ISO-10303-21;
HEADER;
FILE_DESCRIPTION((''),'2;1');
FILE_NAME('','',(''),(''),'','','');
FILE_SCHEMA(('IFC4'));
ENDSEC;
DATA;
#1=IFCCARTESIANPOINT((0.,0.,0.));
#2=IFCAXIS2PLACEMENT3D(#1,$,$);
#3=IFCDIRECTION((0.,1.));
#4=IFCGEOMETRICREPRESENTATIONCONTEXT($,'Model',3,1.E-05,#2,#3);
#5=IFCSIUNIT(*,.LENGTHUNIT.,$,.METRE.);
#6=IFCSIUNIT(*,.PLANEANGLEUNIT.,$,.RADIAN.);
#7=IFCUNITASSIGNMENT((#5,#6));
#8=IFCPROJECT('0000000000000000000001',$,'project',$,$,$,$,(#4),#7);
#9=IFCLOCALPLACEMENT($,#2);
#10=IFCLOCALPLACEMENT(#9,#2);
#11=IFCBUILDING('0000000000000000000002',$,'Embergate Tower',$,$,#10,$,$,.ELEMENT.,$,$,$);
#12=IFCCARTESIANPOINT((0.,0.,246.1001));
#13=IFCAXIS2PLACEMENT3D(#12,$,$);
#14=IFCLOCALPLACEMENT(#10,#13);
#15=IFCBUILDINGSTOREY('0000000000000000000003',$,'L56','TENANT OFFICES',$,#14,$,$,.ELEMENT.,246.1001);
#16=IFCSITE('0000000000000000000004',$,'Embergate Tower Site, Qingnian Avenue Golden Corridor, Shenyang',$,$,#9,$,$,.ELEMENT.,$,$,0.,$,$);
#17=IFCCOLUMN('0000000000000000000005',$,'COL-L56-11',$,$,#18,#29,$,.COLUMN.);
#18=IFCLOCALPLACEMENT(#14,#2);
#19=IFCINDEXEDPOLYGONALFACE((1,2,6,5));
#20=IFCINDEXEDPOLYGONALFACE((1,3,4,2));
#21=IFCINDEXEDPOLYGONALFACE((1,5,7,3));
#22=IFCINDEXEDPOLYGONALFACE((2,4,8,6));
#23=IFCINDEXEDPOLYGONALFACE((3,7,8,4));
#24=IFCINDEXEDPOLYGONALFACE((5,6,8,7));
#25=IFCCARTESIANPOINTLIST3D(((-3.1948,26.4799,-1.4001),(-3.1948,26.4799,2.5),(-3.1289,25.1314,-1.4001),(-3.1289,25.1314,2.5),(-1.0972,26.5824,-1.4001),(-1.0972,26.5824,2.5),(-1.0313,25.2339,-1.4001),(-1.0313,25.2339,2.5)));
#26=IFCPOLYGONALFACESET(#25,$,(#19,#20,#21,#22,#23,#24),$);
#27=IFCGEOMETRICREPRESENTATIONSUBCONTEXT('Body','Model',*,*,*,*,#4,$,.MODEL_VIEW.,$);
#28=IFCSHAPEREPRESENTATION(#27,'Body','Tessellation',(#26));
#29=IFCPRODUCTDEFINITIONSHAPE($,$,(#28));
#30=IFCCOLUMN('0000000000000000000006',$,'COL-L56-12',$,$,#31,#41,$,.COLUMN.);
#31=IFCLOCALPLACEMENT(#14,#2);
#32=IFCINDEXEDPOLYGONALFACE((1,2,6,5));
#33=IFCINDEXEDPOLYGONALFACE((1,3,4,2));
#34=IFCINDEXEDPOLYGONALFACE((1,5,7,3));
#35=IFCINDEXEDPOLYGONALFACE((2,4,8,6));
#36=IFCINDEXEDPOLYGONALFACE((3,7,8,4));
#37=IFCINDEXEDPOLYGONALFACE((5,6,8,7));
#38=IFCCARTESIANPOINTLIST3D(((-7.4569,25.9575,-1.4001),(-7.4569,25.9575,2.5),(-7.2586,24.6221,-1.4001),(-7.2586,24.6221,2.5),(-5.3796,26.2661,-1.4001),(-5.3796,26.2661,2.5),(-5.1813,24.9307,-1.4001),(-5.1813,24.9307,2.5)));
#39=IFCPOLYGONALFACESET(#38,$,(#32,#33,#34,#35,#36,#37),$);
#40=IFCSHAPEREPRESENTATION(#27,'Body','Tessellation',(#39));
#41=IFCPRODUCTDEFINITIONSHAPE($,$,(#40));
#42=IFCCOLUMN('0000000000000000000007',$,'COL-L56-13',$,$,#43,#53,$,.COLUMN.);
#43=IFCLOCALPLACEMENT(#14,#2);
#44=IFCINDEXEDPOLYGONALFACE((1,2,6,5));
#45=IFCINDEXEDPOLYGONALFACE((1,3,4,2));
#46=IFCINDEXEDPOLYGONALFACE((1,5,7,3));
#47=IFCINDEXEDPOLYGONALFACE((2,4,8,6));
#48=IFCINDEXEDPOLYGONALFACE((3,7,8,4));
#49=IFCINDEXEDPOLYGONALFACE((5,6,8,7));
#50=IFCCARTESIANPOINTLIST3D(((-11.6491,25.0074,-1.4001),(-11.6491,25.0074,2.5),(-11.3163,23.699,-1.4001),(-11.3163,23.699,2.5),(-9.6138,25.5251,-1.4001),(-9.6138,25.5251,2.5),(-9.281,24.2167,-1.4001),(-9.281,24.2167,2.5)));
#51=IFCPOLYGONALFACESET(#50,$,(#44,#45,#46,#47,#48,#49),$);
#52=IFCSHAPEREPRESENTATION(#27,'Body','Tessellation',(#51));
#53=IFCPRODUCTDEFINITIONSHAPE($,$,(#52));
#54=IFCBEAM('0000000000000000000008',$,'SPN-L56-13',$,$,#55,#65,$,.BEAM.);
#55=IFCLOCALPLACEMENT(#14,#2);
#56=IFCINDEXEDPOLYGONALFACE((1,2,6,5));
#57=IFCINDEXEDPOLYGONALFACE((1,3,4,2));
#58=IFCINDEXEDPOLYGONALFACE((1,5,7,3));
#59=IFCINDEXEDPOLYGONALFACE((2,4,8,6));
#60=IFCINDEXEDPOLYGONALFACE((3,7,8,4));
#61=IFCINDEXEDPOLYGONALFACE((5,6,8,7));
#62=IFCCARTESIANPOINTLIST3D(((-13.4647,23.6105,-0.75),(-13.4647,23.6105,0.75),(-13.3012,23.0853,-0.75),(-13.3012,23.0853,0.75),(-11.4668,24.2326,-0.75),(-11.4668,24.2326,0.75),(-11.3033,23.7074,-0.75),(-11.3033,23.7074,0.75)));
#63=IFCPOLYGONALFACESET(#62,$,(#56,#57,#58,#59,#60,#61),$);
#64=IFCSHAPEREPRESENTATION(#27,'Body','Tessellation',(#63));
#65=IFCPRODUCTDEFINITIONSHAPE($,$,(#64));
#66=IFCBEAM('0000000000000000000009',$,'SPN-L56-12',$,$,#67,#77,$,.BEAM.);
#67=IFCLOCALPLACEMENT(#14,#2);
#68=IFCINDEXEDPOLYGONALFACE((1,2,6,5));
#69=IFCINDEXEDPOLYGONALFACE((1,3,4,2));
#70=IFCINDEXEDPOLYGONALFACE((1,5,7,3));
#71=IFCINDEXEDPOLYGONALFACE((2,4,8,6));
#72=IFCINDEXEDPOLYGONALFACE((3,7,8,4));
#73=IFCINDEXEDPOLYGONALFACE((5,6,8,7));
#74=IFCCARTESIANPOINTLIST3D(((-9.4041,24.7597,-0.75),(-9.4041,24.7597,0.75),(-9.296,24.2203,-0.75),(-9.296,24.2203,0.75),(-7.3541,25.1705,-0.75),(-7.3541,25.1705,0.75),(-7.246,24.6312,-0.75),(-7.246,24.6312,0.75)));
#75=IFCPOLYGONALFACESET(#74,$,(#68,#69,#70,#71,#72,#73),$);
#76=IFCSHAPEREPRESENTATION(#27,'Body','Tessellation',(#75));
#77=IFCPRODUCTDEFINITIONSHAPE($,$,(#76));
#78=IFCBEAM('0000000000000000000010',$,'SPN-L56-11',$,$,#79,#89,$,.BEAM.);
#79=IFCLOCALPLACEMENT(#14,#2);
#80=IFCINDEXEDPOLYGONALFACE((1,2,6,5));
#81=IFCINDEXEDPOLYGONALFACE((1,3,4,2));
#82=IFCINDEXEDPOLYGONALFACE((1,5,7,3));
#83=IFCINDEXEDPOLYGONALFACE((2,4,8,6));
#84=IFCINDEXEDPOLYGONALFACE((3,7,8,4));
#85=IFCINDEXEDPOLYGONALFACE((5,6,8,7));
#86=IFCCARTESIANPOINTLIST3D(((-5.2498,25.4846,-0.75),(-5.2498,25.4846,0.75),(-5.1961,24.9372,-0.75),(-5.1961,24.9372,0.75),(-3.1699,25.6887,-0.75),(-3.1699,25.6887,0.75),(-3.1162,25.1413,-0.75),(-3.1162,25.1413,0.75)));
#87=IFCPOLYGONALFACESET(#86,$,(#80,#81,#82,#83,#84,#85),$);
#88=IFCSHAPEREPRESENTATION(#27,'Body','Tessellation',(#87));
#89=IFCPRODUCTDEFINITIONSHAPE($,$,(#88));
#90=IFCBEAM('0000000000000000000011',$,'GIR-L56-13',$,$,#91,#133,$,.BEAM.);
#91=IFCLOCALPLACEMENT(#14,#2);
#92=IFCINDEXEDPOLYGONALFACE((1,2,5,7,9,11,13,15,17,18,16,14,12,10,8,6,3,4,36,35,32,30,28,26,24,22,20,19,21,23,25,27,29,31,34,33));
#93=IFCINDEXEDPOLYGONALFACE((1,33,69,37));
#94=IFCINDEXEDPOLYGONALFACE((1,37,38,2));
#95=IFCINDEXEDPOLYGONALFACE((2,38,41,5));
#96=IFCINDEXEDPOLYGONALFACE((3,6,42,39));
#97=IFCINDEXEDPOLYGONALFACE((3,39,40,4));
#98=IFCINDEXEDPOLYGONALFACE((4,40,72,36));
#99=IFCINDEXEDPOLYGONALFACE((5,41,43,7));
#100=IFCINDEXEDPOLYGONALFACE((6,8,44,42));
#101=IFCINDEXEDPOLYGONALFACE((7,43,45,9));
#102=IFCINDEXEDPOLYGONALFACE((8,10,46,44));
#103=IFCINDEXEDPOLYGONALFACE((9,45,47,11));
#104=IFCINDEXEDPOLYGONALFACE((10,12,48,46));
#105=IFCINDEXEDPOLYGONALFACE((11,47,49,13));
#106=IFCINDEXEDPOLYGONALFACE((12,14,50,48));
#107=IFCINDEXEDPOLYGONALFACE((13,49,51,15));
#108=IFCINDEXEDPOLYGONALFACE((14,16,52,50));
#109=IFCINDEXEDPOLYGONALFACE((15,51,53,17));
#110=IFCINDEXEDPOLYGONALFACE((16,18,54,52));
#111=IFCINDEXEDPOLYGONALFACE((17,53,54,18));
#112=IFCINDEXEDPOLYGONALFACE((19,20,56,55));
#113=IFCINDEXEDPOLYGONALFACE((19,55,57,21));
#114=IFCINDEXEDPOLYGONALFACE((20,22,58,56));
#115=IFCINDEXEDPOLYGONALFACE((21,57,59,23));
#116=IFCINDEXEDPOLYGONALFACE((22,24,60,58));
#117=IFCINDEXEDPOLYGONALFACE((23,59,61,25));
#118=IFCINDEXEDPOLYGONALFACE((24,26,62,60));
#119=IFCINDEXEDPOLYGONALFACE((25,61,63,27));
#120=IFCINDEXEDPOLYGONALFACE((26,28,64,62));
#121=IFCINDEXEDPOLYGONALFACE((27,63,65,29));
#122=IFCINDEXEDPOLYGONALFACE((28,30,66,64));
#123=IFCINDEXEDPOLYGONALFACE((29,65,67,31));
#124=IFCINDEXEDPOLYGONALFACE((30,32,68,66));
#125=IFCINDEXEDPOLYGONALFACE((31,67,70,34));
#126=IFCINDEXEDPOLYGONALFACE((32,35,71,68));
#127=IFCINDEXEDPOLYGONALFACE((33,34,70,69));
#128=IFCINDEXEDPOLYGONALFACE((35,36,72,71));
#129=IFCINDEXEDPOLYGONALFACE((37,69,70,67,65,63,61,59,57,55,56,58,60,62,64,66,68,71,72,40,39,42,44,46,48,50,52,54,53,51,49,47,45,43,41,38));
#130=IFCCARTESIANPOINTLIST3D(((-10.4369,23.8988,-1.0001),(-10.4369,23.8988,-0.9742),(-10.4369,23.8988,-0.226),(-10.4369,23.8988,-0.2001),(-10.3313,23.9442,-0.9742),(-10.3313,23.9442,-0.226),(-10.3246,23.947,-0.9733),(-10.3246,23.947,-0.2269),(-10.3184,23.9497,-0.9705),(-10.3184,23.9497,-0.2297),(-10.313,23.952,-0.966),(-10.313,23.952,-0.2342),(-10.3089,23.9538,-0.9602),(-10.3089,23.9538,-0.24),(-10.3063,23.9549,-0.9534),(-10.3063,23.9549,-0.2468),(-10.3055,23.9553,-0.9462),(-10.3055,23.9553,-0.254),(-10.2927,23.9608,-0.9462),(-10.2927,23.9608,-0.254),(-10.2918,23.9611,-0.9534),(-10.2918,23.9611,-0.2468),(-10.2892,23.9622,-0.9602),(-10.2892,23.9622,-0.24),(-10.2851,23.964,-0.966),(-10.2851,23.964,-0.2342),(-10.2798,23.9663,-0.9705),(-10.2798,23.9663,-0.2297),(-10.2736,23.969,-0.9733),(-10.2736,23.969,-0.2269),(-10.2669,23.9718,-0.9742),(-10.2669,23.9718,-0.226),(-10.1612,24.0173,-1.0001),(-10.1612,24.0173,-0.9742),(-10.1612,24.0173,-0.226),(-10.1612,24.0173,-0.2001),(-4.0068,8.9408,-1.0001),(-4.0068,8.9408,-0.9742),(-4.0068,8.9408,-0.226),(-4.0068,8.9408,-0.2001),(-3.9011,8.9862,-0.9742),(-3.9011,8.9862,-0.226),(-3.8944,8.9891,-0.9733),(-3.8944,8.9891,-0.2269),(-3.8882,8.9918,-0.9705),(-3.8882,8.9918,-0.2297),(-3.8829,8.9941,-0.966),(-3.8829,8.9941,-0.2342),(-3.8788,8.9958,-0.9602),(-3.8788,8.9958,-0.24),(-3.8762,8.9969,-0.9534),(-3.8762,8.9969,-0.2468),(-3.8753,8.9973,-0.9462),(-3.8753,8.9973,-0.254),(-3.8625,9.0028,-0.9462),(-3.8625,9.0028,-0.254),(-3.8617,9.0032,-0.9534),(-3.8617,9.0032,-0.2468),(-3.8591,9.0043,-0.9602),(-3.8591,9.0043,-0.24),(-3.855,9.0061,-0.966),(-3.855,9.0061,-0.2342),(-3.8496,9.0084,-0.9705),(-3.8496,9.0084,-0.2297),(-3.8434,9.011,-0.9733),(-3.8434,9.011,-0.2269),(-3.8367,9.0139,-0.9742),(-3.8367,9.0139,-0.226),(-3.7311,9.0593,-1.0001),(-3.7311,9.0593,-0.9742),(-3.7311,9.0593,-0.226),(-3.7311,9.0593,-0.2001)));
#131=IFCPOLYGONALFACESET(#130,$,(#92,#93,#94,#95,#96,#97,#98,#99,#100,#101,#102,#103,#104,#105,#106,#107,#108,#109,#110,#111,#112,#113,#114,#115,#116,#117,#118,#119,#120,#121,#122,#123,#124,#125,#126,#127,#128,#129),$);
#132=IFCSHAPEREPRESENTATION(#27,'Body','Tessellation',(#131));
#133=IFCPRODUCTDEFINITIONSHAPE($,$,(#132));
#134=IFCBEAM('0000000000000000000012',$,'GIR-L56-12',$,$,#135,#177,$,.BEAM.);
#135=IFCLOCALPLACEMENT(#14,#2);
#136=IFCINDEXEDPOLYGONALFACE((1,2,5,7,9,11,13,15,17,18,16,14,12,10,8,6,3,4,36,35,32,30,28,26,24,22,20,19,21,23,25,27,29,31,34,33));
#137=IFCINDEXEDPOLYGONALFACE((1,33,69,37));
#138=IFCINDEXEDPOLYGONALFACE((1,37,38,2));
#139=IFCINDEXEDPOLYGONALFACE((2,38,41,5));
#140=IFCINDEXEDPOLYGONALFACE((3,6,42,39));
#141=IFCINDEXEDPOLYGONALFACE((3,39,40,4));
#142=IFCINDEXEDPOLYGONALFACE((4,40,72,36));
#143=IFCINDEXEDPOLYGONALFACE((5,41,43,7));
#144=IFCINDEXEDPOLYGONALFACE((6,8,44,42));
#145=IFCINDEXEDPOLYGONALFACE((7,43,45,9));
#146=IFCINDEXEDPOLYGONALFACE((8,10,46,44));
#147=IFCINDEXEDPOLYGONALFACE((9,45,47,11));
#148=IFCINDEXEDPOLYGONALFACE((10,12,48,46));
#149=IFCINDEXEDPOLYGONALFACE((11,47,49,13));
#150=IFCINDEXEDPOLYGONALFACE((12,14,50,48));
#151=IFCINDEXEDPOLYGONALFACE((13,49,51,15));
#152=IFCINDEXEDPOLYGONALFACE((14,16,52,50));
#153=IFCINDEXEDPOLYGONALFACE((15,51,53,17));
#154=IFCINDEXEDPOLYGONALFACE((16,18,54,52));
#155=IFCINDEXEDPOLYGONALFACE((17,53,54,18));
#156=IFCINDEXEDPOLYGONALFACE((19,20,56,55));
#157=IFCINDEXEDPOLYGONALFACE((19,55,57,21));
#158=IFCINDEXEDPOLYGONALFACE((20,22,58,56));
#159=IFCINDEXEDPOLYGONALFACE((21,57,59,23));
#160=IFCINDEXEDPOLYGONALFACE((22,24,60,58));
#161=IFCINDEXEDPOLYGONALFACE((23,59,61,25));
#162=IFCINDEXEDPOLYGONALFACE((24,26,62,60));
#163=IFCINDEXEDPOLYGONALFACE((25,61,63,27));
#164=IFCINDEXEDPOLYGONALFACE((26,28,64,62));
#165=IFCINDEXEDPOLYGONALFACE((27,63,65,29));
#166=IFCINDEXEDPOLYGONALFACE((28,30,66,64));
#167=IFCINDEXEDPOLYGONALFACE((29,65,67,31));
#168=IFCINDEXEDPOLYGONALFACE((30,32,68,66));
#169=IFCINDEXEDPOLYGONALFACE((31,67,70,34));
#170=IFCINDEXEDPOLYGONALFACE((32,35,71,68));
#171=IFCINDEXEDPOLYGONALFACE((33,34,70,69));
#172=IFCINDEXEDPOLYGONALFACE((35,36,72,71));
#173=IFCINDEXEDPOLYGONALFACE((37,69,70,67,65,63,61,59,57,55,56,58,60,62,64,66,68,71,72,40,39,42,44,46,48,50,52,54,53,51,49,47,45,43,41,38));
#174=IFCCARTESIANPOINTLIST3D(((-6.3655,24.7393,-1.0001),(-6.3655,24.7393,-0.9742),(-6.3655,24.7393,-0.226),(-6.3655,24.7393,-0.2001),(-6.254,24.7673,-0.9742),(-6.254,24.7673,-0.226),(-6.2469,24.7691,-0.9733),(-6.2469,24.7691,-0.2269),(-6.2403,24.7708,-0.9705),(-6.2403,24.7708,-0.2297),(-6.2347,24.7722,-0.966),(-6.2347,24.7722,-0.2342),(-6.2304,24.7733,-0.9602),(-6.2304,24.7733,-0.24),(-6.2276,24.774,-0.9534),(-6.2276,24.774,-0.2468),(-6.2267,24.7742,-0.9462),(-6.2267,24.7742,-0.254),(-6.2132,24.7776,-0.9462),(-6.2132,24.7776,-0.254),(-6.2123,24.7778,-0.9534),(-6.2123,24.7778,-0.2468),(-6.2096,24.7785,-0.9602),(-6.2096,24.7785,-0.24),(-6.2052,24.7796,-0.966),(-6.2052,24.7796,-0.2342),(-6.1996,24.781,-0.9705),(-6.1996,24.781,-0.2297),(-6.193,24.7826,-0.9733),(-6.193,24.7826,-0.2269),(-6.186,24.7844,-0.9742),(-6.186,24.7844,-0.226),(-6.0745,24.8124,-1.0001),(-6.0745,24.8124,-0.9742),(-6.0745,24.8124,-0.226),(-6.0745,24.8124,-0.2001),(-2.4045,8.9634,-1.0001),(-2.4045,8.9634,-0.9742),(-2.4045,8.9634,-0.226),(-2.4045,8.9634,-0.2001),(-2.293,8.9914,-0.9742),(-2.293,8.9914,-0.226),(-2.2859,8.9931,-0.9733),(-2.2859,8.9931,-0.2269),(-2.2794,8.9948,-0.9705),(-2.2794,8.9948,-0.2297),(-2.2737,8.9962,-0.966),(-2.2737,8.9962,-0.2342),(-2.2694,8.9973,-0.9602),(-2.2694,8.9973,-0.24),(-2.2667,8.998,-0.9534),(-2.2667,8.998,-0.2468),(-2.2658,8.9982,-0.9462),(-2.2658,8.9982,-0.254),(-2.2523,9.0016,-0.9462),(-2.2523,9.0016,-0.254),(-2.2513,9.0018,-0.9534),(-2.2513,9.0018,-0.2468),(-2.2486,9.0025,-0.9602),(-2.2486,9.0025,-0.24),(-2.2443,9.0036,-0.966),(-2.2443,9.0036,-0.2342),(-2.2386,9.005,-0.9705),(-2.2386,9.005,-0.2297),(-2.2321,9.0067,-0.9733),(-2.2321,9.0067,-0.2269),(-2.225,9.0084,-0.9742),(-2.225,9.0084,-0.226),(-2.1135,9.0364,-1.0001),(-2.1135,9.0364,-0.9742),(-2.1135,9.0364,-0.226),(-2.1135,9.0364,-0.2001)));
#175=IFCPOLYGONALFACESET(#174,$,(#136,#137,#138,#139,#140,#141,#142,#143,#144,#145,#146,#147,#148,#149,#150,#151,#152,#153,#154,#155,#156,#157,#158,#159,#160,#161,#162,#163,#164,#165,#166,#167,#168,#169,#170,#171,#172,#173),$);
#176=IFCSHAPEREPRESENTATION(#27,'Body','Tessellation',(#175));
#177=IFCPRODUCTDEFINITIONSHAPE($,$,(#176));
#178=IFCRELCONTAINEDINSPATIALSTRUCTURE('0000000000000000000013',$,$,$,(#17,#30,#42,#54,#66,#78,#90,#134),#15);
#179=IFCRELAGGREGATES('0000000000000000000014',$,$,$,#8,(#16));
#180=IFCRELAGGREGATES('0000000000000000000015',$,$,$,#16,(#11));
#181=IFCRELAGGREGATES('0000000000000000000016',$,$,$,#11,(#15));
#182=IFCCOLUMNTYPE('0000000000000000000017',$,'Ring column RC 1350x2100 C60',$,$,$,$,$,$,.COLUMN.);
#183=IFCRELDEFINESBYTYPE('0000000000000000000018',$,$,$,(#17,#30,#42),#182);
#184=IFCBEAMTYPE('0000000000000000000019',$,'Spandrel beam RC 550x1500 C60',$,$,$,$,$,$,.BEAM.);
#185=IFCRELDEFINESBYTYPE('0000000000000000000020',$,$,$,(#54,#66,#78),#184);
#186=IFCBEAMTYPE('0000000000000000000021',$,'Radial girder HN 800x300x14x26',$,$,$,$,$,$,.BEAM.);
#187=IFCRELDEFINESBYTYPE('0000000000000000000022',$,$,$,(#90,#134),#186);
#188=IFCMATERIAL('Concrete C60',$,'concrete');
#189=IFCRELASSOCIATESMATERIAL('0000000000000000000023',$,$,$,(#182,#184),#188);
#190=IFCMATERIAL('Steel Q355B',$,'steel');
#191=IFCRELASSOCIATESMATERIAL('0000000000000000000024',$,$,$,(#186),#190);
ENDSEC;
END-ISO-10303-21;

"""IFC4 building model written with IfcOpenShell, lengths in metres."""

from ifc_helpers import new_model, si_unit, direction, frame, origin, origin_2d, place, context, subcontext, project, spatial, rectangle, i_section, extrude, source, transform, mapped, material, material_profile, profile_set, type_object, element, save


model = new_model("IFC4")

# Units and contexts
model_context = context("Model", 3, precision=1e-05, world=origin(), true_north=direction((0.0, 1.0)))
body_context = subcontext(model_context, "Body", "Model", "MODEL_VIEW")
ifc_project = project(units=[si_unit("LENGTHUNIT", "METRE"), si_unit("PLANEANGLEUNIT", "RADIAN")], contexts=[model_context])

# Site, building, storey
site_placement = place(None, origin())
site = spatial("IfcSite", under=ifc_project, at=site_placement, Name="Embergate Tower Site, Qingnian Avenue Golden Corridor, Shenyang", CompositionType="ELEMENT", RefElevation=0.0)
building_placement = place(site_placement, origin())
building = spatial("IfcBuilding", under=site, at=building_placement, Name="Embergate Tower", CompositionType="ELEMENT")
storey_placement = place(building_placement, frame((0.0, 0.0, 246.1001)))
storey = spatial("IfcBuildingStorey", under=building, at=storey_placement, Name="L56", Description="TENANT OFFICES", CompositionType="ELEMENT", Elevation=246.1001)

# Columns
ifc_material_1 = material(Name="Concrete C60", Category="concrete")
ifc_material_profile_1 = material_profile(ifc_material_1, rectangle(XDim=1.3501, YDim=2.1001, at=origin_2d()), Name="RC 1350x2100")
ifc_profile_set_1 = profile_set([ifc_material_profile_1], Name="Concrete C60")
column_type = type_object("IfcColumnType", Name="Ring column RC 1350x2100 C60", PredefinedType="COLUMN", material=ifc_profile_set_1)
shared_shape_1 = source(origin(), body_context, "Body", "SweptSolid", [
    extrude(rectangle(XDim=1.3501, YDim=2.1001, at=origin_2d()), origin(), (0.0, 0.0, 1.0), 3.9001),
])
for number, where, z_axis, x_axis, name in (
    (1, (-2.113, 25.8569, -1.4001), (0.0, 0.0, 1.0), (-0.048815, 0.998808, 0.0), "COL-L56-11"),
    (2, (-6.3191, 25.4441, -1.4001), (0.0, 0.0, 1.0), (-0.146929, 0.989147, 0.0), "COL-L56-12"),
    (3, (-10.4651, 24.6121, -1.4001), (0.0, 0.0, 1.0), (-0.246509, 0.969141, 0.0), "COL-L56-13"),
):
    element("IfcColumn", number, at=place(storey_placement, frame(where, z_axis=z_axis, x_axis=x_axis)), inside=storey, type_object=column_type, Name=name, PredefinedType="COLUMN", context=body_context, shape_type="MappedRepresentation", body=[
        mapped(shared_shape_1, transform((0.0, 0.0, 0.0))),
    ])

# Beams
ifc_material_profile_2 = material_profile(ifc_material_1, rectangle(XDim=0.55, YDim=1.5, at=origin_2d()), Name="RC 550x1500")
ifc_profile_set_2 = profile_set([ifc_material_profile_2], Name="Concrete C60")
beam_type_1 = type_object("IfcBeamType", Name="Spandrel beam RC 550x1500 C60", PredefinedType="BEAM", material=ifc_profile_set_2)
shared_shape_2 = source(origin(), body_context, "Body", "SweptSolid", [
    extrude(rectangle(XDim=0.55, YDim=1.5, at=origin_2d()), origin(), (0.0, 0.0, 1.0), 2.0925),
])
beam_1_placement = place(storey_placement, frame((-11.385, 23.97, 0.0), z_axis=(-0.954795, -0.297265, 0.0), x_axis=(0.297265, -0.954795, 0.0)))
element("IfcBeam", 4, at=beam_1_placement, inside=storey, type_object=beam_type_1, Name="SPN-L56-13", PredefinedType="BEAM", context=body_context, shape_type="MappedRepresentation", body=[
    mapped(shared_shape_2, transform((0.0, 0.0, 0.0))),
])
shared_shape_3 = source(origin(), body_context, "Body", "SweptSolid", [
    extrude(rectangle(XDim=0.55, YDim=1.5, at=origin_2d()), origin(), (0.0, 0.0, 1.0), 2.0908),
])
beam_2_placement = place(storey_placement, frame((-7.3, 24.9009, 0.0), z_axis=(-0.9805, -0.19652, 0.0), x_axis=(0.19652, -0.9805, 0.0)))
element("IfcBeam", 5, at=beam_2_placement, inside=storey, type_object=beam_type_1, Name="SPN-L56-12", PredefinedType="BEAM", context=body_context, shape_type="MappedRepresentation", body=[
    mapped(shared_shape_3, transform((0.0, 0.0, 0.0))),
])
shared_shape_4 = source(origin(), body_context, "Body", "SweptSolid", [
    extrude(rectangle(XDim=0.55, YDim=1.5, at=origin_2d()), origin(), (0.0, 0.0, 1.0), 2.0898),
])
beam_3_placement = place(storey_placement, frame((-3.1431, 25.415, 0.0), z_axis=(-0.995219, -0.097664, 0.0), x_axis=(0.097664, -0.995219, 0.0)))
element("IfcBeam", 6, at=beam_3_placement, inside=storey, type_object=beam_type_1, Name="SPN-L56-11", PredefinedType="BEAM", context=body_context, shape_type="MappedRepresentation", body=[
    mapped(shared_shape_4, transform((0.0, 0.0, 0.0))),
])
ifc_material_2 = material(Name="Steel Q355B", Category="steel")
ifc_material_profile_3 = material_profile(ifc_material_2, i_section(OverallWidth=0.3, OverallDepth=0.8, WebThickness=0.0139, FlangeThickness=0.0259, FilletRadius=0.0281, at=origin_2d()), Name="HN 800x300x14x26")
ifc_profile_set_3 = profile_set([ifc_material_profile_3], Name="Steel Q355 grade B")
beam_type_2 = type_object("IfcBeamType", Name="Radial girder HN 800x300x14x26", PredefinedType="BEAM", material=ifc_profile_set_3)
shared_shape_5 = source(origin(), body_context, "Body", "SweptSolid", [
    extrude(i_section(OverallWidth=0.3, OverallDepth=0.8, WebThickness=0.0139, FlangeThickness=0.0259, FilletRadius=0.0281, at=origin_2d()), origin(), (0.0, 0.0, 1.0), 16.2815),
])
beam_4_placement = place(storey_placement, frame((-10.2991, 23.958, -0.6001), z_axis=(0.394936, -0.918709, 0.0), x_axis=(0.918709, 0.394936, 0.0)))
element("IfcBeam", 7, at=beam_4_placement, inside=storey, type_object=beam_type_2, Name="GIR-L56-13", PredefinedType="BEAM", context=body_context, shape_type="MappedRepresentation", body=[
    mapped(shared_shape_5, transform((0.0, 0.0, 0.0))),
])
shared_shape_6 = source(origin(), body_context, "Body", "SweptSolid", [
    extrude(i_section(OverallWidth=0.3, OverallDepth=0.8, WebThickness=0.0139, FlangeThickness=0.0259, FilletRadius=0.0281, at=origin_2d()), origin(), (0.0, 0.0, 1.0), 16.2656),
])
beam_5_placement = place(storey_placement, frame((-6.22, 24.7759, -0.6001), z_axis=(0.243517, -0.969897, 0.0), x_axis=(0.969897, 0.243517, 0.0)))
element("IfcBeam", 8, at=beam_5_placement, inside=storey, type_object=beam_type_2, Name="GIR-L56-12", PredefinedType="BEAM", context=body_context, shape_type="MappedRepresentation", body=[
    mapped(shared_shape_6, transform((0.0, 0.0, 0.0))),
])

save(model, "model.ifc")
